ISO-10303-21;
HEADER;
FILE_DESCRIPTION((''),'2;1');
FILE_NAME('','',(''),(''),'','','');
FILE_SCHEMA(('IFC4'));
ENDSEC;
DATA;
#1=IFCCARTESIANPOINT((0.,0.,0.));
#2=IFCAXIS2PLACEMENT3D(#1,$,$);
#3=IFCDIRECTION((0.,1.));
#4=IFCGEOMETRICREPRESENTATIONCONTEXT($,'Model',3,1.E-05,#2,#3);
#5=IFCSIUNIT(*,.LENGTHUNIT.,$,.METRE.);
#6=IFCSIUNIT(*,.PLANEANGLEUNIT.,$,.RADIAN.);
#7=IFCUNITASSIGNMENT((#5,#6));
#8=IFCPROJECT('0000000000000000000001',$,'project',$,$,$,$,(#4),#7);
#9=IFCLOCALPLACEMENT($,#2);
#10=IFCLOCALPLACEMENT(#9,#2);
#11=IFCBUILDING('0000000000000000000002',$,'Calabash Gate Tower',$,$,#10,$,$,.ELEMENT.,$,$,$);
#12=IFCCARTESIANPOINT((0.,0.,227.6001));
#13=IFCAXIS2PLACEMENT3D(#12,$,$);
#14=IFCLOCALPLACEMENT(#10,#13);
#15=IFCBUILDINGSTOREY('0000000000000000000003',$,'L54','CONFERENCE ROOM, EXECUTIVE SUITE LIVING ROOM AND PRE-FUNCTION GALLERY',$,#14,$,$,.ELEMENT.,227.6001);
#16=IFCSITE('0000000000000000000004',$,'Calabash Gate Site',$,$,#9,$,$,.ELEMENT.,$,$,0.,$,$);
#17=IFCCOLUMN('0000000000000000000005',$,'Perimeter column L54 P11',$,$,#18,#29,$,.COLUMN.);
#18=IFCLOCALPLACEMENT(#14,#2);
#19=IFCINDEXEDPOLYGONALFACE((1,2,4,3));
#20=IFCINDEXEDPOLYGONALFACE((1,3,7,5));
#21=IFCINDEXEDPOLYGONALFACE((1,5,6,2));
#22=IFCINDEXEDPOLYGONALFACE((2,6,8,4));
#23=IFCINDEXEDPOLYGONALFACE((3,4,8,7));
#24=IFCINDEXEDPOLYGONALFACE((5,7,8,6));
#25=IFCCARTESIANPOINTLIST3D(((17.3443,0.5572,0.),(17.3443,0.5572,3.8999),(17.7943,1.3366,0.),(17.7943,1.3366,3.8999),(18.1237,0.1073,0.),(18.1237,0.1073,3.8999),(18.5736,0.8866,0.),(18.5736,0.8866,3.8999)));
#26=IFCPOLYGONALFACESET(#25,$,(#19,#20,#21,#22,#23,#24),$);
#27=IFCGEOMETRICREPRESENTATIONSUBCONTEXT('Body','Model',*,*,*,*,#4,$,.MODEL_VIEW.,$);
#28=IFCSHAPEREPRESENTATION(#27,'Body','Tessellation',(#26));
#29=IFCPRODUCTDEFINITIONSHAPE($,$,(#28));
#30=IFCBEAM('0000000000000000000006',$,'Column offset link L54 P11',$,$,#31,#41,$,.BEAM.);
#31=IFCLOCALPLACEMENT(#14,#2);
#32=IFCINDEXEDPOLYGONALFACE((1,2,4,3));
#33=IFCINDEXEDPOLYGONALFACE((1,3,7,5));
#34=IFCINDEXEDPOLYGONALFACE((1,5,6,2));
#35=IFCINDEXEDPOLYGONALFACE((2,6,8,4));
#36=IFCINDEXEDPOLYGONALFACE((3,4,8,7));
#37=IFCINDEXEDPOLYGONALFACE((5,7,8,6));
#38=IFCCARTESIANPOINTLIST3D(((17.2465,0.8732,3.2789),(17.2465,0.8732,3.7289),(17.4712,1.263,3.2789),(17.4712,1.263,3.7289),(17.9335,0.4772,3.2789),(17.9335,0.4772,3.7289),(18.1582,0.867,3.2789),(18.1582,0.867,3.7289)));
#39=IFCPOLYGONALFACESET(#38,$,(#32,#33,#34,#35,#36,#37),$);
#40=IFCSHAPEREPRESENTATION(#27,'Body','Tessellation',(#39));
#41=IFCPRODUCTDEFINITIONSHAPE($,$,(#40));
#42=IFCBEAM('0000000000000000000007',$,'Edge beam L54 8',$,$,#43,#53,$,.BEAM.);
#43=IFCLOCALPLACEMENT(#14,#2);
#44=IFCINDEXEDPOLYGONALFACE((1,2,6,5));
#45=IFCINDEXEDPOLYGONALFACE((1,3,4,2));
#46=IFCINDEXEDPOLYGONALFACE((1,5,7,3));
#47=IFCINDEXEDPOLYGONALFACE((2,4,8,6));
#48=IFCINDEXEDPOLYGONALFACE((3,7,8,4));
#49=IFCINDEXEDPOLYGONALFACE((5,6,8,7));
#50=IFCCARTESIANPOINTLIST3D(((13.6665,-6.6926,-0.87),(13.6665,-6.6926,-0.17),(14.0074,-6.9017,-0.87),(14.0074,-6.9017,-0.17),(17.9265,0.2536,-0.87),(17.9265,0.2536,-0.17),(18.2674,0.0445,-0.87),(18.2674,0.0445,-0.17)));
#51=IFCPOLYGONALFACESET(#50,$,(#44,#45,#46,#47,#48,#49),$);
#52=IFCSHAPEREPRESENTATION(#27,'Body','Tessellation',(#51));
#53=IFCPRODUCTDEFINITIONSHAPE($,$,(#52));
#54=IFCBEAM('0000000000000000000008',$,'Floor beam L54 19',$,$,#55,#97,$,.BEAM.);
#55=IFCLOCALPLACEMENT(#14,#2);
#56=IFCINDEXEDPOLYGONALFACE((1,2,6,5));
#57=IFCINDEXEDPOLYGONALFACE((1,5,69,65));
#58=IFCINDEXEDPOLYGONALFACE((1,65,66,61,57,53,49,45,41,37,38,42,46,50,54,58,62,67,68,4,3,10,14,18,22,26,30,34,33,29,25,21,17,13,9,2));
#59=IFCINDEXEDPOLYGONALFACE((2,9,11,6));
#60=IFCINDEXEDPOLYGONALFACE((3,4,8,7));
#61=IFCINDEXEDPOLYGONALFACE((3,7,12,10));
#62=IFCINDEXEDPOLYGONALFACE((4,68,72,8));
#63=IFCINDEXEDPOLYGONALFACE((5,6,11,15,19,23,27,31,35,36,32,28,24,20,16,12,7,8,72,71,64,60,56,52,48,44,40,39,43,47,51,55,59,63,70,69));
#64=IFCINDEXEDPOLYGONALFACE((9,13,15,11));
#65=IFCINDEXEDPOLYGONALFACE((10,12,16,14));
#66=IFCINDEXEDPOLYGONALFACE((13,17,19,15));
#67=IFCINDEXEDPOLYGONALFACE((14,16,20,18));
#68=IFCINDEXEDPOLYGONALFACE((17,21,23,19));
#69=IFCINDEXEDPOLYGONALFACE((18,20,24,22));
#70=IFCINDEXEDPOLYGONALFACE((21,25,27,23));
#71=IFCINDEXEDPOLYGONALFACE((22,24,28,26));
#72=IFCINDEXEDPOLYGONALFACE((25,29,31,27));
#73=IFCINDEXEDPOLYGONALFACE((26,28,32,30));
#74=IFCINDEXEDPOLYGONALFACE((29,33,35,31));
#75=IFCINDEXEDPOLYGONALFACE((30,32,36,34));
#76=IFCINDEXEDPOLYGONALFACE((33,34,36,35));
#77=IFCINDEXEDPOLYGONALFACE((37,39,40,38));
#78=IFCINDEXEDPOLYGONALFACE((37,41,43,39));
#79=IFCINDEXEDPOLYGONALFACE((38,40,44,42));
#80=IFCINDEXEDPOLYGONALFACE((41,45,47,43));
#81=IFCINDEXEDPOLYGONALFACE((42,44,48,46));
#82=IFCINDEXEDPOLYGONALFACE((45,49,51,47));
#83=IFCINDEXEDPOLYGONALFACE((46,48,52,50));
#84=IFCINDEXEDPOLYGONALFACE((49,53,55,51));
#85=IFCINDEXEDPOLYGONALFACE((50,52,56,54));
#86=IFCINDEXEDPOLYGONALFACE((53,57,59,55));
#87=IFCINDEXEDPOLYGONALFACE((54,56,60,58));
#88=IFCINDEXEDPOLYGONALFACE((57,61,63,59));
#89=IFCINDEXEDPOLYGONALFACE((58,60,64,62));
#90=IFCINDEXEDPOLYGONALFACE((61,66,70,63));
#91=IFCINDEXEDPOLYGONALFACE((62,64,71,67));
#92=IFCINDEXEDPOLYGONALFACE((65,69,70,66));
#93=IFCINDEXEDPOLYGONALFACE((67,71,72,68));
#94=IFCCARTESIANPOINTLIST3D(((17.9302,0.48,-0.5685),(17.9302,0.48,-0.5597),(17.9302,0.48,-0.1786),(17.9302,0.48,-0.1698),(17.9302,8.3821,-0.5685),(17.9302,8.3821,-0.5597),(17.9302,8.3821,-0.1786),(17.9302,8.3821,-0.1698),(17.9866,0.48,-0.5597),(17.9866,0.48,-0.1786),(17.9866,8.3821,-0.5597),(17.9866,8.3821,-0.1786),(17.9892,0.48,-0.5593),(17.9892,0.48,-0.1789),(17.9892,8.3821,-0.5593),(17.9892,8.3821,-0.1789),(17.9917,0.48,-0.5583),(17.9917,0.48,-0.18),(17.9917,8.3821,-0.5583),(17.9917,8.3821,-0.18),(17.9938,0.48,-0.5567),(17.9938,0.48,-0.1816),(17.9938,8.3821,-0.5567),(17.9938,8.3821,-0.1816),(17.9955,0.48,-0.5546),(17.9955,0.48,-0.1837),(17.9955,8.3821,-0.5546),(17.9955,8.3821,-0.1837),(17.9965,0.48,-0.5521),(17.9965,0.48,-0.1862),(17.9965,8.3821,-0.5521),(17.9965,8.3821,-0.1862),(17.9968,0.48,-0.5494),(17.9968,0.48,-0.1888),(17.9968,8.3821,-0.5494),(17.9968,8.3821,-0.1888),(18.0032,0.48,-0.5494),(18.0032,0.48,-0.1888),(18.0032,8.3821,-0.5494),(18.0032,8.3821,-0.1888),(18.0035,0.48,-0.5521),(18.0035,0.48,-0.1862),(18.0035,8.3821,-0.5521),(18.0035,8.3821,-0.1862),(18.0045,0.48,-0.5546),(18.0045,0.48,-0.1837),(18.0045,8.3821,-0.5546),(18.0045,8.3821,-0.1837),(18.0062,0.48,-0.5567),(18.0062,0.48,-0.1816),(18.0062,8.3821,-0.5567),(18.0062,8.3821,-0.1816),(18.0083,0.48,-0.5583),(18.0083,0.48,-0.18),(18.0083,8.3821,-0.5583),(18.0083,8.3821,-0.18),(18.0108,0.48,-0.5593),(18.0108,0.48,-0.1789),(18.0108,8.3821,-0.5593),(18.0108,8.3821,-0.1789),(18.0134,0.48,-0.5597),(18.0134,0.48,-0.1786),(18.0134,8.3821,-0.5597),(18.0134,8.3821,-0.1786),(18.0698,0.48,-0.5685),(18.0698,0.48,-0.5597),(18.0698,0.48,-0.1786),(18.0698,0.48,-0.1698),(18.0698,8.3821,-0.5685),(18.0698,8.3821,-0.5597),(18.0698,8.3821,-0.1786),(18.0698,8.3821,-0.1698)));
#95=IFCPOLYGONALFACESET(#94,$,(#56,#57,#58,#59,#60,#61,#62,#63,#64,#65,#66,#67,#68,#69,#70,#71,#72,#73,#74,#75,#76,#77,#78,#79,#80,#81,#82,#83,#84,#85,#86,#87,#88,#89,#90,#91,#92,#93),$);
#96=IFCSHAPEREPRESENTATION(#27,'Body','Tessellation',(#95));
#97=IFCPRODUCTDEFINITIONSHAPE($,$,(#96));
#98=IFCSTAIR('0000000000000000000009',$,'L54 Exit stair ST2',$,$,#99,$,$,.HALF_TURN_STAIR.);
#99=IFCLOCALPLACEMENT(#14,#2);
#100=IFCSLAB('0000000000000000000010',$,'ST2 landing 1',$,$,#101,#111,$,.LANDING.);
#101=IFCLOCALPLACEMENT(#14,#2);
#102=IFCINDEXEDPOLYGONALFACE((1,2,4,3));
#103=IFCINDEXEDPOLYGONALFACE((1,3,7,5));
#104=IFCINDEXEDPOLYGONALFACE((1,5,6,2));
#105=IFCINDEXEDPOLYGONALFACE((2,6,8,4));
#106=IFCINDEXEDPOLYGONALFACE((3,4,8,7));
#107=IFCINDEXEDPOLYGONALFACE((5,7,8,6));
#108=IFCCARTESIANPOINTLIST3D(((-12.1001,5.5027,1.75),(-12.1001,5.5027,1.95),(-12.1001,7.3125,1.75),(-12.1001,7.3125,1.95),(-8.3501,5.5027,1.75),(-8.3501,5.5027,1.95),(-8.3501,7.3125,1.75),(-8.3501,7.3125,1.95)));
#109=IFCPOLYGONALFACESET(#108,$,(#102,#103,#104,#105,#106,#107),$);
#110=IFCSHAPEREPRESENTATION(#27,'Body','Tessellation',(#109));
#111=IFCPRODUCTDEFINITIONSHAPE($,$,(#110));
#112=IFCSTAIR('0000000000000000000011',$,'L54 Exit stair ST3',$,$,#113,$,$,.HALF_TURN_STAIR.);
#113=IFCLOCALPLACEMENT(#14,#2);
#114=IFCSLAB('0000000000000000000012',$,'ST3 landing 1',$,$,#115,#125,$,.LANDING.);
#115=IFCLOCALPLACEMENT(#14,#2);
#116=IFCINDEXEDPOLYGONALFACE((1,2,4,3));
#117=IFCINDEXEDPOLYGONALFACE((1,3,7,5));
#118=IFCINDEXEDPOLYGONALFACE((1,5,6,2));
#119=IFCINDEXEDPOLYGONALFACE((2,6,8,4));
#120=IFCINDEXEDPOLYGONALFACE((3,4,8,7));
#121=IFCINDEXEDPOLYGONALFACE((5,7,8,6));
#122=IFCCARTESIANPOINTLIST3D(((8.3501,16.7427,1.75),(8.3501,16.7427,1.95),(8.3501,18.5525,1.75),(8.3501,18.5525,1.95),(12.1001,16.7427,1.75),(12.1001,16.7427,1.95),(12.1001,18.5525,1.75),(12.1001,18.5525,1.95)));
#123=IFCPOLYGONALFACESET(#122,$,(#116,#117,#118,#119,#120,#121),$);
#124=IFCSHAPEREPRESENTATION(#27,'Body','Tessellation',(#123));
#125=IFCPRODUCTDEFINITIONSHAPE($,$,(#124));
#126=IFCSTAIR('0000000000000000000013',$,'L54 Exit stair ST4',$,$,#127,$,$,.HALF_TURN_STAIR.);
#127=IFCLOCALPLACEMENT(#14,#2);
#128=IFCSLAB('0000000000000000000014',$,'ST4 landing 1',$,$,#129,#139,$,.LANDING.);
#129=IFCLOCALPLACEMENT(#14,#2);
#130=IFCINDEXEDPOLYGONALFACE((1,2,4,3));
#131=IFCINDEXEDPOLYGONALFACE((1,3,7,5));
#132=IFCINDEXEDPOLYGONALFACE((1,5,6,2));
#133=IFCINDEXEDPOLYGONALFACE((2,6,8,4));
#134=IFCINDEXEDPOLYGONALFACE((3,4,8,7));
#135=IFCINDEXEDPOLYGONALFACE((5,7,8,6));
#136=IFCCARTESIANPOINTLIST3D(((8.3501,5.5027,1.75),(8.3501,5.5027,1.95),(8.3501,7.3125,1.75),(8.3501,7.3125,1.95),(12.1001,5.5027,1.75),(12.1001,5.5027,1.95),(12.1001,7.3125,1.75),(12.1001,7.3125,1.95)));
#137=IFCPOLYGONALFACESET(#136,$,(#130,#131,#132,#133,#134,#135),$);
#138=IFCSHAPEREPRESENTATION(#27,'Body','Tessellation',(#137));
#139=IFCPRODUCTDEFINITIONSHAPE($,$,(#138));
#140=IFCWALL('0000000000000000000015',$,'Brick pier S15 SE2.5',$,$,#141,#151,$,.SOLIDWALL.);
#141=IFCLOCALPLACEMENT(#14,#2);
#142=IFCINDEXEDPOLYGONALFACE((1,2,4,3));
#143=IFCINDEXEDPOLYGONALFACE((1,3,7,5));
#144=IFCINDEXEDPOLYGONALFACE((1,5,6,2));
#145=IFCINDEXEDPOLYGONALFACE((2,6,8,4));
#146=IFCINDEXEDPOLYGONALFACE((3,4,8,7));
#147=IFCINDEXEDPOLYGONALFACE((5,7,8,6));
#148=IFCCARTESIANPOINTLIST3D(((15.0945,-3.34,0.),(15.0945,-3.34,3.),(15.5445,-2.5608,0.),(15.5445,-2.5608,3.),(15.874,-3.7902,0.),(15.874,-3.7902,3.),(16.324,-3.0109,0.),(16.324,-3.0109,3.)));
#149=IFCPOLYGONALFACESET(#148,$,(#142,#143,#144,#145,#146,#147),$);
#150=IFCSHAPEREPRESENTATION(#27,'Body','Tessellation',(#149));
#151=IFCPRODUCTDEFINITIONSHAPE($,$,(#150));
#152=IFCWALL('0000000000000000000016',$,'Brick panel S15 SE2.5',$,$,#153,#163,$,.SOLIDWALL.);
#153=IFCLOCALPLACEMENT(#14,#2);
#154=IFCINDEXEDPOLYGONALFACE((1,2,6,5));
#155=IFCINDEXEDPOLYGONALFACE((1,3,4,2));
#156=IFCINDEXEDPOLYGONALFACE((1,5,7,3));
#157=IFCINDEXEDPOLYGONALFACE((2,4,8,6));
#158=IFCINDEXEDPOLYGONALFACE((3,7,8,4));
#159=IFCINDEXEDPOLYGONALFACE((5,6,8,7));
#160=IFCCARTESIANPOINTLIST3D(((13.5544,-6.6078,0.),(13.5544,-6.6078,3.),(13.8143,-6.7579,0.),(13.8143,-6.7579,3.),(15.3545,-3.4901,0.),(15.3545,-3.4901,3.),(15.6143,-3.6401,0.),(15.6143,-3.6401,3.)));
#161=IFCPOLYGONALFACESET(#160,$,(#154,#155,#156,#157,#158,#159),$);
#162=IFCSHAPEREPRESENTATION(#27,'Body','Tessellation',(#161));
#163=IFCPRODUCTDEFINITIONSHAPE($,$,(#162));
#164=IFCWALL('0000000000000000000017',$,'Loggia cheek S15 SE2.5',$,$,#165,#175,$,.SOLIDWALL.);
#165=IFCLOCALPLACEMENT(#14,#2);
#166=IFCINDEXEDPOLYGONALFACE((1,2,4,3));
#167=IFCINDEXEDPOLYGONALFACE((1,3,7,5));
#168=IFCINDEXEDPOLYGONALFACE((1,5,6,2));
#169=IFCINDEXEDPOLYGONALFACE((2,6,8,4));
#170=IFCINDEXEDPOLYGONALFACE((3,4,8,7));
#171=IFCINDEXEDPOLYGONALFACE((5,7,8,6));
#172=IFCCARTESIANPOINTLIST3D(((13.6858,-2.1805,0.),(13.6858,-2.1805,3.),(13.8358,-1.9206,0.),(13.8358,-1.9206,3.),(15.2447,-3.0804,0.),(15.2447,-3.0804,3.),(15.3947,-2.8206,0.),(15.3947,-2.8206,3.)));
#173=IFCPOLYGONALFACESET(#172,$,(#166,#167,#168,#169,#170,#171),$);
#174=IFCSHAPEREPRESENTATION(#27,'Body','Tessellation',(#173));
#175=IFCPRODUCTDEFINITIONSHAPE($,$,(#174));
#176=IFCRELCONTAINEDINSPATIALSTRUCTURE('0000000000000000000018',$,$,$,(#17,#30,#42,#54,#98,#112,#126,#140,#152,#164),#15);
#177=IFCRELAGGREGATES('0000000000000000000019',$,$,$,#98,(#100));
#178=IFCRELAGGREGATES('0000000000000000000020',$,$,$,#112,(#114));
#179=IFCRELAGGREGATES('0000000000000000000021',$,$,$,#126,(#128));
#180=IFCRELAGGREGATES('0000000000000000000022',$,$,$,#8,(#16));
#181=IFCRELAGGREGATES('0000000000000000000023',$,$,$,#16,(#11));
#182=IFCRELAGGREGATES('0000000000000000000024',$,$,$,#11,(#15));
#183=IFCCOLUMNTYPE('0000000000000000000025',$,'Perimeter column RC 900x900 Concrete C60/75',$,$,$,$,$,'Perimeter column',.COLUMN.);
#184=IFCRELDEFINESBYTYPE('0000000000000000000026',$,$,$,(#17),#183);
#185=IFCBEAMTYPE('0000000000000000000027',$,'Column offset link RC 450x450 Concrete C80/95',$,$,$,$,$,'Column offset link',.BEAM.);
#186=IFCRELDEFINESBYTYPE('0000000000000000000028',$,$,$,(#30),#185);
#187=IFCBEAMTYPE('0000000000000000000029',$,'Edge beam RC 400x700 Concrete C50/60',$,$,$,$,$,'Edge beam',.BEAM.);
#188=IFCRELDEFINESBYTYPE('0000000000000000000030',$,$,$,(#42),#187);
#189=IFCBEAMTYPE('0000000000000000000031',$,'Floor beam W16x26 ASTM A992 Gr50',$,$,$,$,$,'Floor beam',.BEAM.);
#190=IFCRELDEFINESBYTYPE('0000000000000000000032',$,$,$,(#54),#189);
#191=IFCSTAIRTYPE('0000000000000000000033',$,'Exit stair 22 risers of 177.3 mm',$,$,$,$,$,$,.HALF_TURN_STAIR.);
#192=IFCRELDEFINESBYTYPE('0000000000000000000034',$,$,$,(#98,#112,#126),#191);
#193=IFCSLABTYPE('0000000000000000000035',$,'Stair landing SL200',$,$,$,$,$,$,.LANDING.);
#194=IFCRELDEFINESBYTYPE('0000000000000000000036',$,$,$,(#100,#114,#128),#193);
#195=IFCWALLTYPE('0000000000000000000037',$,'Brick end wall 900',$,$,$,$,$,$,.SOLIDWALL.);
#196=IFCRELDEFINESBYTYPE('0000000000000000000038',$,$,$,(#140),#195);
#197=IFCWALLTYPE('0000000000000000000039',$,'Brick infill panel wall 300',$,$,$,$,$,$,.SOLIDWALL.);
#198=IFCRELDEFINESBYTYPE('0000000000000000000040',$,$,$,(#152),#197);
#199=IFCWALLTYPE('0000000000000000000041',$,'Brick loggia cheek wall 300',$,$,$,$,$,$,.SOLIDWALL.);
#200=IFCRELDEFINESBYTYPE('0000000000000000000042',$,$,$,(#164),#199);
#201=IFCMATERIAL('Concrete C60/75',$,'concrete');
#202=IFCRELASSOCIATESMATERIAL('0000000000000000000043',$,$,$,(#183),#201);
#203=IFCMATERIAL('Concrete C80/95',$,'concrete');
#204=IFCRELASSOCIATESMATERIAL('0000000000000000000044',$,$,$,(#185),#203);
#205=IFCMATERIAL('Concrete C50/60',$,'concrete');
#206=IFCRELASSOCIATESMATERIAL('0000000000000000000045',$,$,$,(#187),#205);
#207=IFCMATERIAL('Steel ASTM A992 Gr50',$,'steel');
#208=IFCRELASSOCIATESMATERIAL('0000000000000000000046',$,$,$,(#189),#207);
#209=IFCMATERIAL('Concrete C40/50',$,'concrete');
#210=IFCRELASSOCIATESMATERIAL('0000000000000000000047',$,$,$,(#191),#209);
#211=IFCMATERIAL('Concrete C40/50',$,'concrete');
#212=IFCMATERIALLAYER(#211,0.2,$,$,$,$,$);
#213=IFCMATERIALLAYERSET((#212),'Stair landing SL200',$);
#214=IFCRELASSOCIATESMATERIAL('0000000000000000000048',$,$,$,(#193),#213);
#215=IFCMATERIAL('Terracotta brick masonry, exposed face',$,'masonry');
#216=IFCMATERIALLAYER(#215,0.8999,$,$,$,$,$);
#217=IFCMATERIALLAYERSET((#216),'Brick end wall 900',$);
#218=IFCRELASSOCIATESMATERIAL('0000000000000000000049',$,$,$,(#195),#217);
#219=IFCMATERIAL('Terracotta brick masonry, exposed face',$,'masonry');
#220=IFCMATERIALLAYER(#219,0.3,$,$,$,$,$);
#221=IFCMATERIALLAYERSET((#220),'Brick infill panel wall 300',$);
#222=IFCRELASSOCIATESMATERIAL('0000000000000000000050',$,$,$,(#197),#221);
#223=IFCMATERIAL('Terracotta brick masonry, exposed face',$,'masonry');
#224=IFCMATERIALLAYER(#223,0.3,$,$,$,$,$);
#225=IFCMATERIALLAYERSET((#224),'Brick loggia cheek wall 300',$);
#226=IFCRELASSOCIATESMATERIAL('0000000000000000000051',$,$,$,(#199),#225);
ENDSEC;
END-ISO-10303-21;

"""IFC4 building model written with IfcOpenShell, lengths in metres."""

from ifc_helpers import new_model, si_unit, direction, frame, frame_2d, origin, origin_2d, place, context, subcontext, project, spatial, polyline, rectangle, i_section, outline, extrude, material, layer, layer_set, material_profile, profile_set, type_object, element, aggregate, save


model = new_model("IFC4")

# Units and contexts
model_context = context("Model", 3, precision=1e-05, world=origin(), true_north=direction((0.0, 1.0)))
body_context = subcontext(model_context, "Body", "Model", "MODEL_VIEW")
ifc_project = project(units=[si_unit("LENGTHUNIT", "METRE"), si_unit("PLANEANGLEUNIT", "RADIAN")], contexts=[model_context])

# Site, building, storey
site_placement = place(None, origin())
site = spatial("IfcSite", under=ifc_project, at=site_placement, Name="Calabash Gate Site", CompositionType="ELEMENT", RefElevation=0.0)
building_placement = place(site_placement, origin())
building = spatial("IfcBuilding", under=site, at=building_placement, Name="Calabash Gate Tower", CompositionType="ELEMENT")
storey_placement = place(building_placement, frame((0.0, 0.0, 227.6001)))
storey = spatial("IfcBuildingStorey", under=building, at=storey_placement, Name="L54", Description="CONFERENCE ROOM, EXECUTIVE SUITE LIVING ROOM AND PRE-FUNCTION GALLERY", CompositionType="ELEMENT", Elevation=227.6001)

# Column
ifc_material_1 = material(Name="Concrete C60/75", Category="concrete")
ifc_material_profile_1 = material_profile(ifc_material_1, rectangle(XDim=0.8999, YDim=0.8999, at=origin_2d()))
ifc_profile_set_1 = profile_set([ifc_material_profile_1], Name="Concrete C60/75")
column_type = type_object("IfcColumnType", Name="Perimeter column RC 900x900 Concrete C60/75", ElementType="Perimeter column", PredefinedType="COLUMN", material=ifc_profile_set_1)
column_placement = place(storey_placement, frame((17.959, 0.7219, 0.0), z_axis=(0.0, 0.0, 1.0), x_axis=(0.5, 0.866025, 0.0)))
element("IfcColumn", 1, at=column_placement, inside=storey, type_object=column_type, Name="Perimeter column L54 P11", PredefinedType="COLUMN", context=body_context, shape_type="SweptSolid", body=[
    extrude(rectangle(XDim=0.8999, YDim=0.8999, at=origin_2d()), origin(), (0.0, 0.0, 1.0), 3.8999),
])

# Beams
ifc_material_2 = material(Name="Concrete C80/95", Category="concrete")
ifc_material_profile_2 = material_profile(ifc_material_2, rectangle(XDim=0.45, YDim=0.45, at=origin_2d()))
ifc_profile_set_2 = profile_set([ifc_material_profile_2], Name="Concrete C80/95")
beam_type_1 = type_object("IfcBeamType", Name="Column offset link RC 450x450 Concrete C80/95", ElementType="Column offset link", PredefinedType="BEAM", material=ifc_profile_set_2)
beam_1_placement = place(storey_placement, frame((18.0459, 0.6721, 3.5039), z_axis=(-0.86638, 0.499385, 0.0), x_axis=(-0.499385, -0.86638, 0.0)))
element("IfcBeam", 2, at=beam_1_placement, inside=storey, type_object=beam_type_1, Name="Column offset link L54 P11", PredefinedType="BEAM", context=body_context, shape_type="SweptSolid", body=[
    extrude(rectangle(XDim=0.45, YDim=0.45, at=origin_2d()), origin(), (0.0, 0.0, 1.0), 0.793),
])
ifc_material_3 = material(Name="Concrete C50/60", Category="concrete")
ifc_material_profile_3 = material_profile(ifc_material_3, rectangle(XDim=0.3999, YDim=0.7, at=origin_2d()))
ifc_profile_set_3 = profile_set([ifc_material_profile_3], Name="Concrete C50/60")
beam_type_2 = type_object("IfcBeamType", Name="Edge beam RC 400x700 Concrete C50/60", ElementType="Edge beam", PredefinedType="BEAM", material=ifc_profile_set_3)
beam_2_placement = place(storey_placement, frame((13.8369, -6.7971, -0.52), z_axis=(0.522808, 0.852451, 0.0), x_axis=(-0.852451, 0.522808, 0.0)))
element("IfcBeam", 3, at=beam_2_placement, inside=storey, type_object=beam_type_2, Name="Edge beam L54 8", PredefinedType="BEAM", context=body_context, shape_type="SweptSolid", body=[
    extrude(rectangle(XDim=0.3999, YDim=0.7, at=origin_2d()), origin(), (0.0, 0.0, 1.0), 8.1484),
])
ifc_material_4 = material(Name="Steel ASTM A992 Gr50", Category="steel")
ifc_material_profile_4 = material_profile(ifc_material_4, i_section(OverallWidth=0.1396, OverallDepth=0.3987, WebThickness=0.0063, FlangeThickness=0.0088, FilletRadius=0.0103, at=origin_2d()))
ifc_profile_set_4 = profile_set([ifc_material_profile_4], Name="Steel ASTM A992 Gr50")
beam_type_3 = type_object("IfcBeamType", Name="Floor beam W16x26 ASTM A992 Gr50", ElementType="Floor beam", PredefinedType="BEAM", material=ifc_profile_set_4)
beam_3_placement = place(storey_placement, frame((18.0, 0.48, -0.3691), z_axis=(0.0, 1.0, 0.0), x_axis=(-1.0, 0.0, 0.0)))
element("IfcBeam", 4, at=beam_3_placement, inside=storey, type_object=beam_type_3, Name="Floor beam L54 19", PredefinedType="BEAM", context=body_context, shape_type="SweptSolid", body=[
    extrude(i_section(OverallWidth=0.1396, OverallDepth=0.3987, WebThickness=0.0063, FlangeThickness=0.0088, FilletRadius=0.0103, at=origin_2d()), origin(), (0.0, 0.0, 1.0), 7.9021),
])

# Stairs, slabs
ifc_material_5 = material(Name="Concrete C40/50", Category="concrete")
stair_type = type_object("IfcStairType", Name="Exit stair 22 risers of 177.3 mm", PredefinedType="HALF_TURN_STAIR", material=ifc_material_5)
stair_1_placement = place(storey_placement, origin())
stair_1 = element("IfcStair", 5, at=stair_1_placement, inside=storey, type_object=stair_type, Name="L54 Exit stair ST2", PredefinedType="HALF_TURN_STAIR")
ifc_material_6 = material(Name="Concrete C40/50", Category="concrete")
ifc_layer_1 = layer(ifc_material_6, 0.2)
ifc_layer_set_1 = layer_set([ifc_layer_1], Name="Stair landing SL200")
slab_type = type_object("IfcSlabType", Name="Stair landing SL200", PredefinedType="LANDING", material=ifc_layer_set_1)
slab_1_placement = place(storey_placement, frame((0.0, 0.0, 1.75)))
slab_1 = element("IfcSlab", 6, at=slab_1_placement, type_object=slab_type, Name="ST2 landing 1", PredefinedType="LANDING", context=body_context, shape_type="SweptSolid", body=[
    extrude(outline(polyline([(-12.1001, 7.3125), (-12.1001, 5.5027), (-8.3501, 5.5027), (-8.3501, 7.3125), (-12.1001, 7.3125)])), origin(), (0.0, 0.0, 1.0), 0.2),
])
aggregate(stair_1, [slab_1])
stair_2_placement = place(storey_placement, origin())
stair_2 = element("IfcStair", 7, at=stair_2_placement, inside=storey, type_object=stair_type, Name="L54 Exit stair ST3", PredefinedType="HALF_TURN_STAIR")
slab_2_placement = place(storey_placement, frame((0.0, 0.0, 1.75)))
slab_2 = element("IfcSlab", 8, at=slab_2_placement, type_object=slab_type, Name="ST3 landing 1", PredefinedType="LANDING", context=body_context, shape_type="SweptSolid", body=[
    extrude(outline(polyline([(12.1001, 16.7427), (12.1001, 18.5525), (8.3501, 18.5525), (8.3501, 16.7427), (12.1001, 16.7427)])), origin(), (0.0, 0.0, 1.0), 0.2),
])
aggregate(stair_2, [slab_2])
stair_3_placement = place(storey_placement, origin())
stair_3 = element("IfcStair", 9, at=stair_3_placement, inside=storey, type_object=stair_type, Name="L54 Exit stair ST4", PredefinedType="HALF_TURN_STAIR")
slab_3_placement = place(storey_placement, frame((0.0, 0.0, 1.75)))
slab_3 = element("IfcSlab", 10, at=slab_3_placement, type_object=slab_type, Name="ST4 landing 1", PredefinedType="LANDING", context=body_context, shape_type="SweptSolid", body=[
    extrude(outline(polyline([(8.3501, 7.3125), (8.3501, 5.5027), (12.1001, 5.5027), (12.1001, 7.3125), (8.3501, 7.3125)])), origin(), (0.0, 0.0, 1.0), 0.2),
])
aggregate(stair_3, [slab_3])

# Walls
ifc_material_7 = material(Name="Terracotta brick masonry, exposed face", Category="masonry")
ifc_layer_2 = layer(ifc_material_7, 0.8999)
ifc_layer_set_2 = layer_set([ifc_layer_2], Name="Brick end wall 900")
wall_type_1 = type_object("IfcWallType", Name="Brick end wall 900", PredefinedType="SOLIDWALL", material=ifc_layer_set_2)
wall_1_placement = place(storey_placement, frame((16.0991, -3.4006, 0.0), z_axis=(0.0, 0.0, 1.0), x_axis=(-0.865964, 0.500106, 0.0)))
element("IfcWall", 11, at=wall_1_placement, inside=storey, type_object=wall_type_1, Name="Brick pier S15 SE2.5", PredefinedType="SOLIDWALL", context=body_context, shape_type="SweptSolid", body=[
    extrude(rectangle(XDim=0.9001, YDim=0.8999, at=frame_2d((0.4502, 0.0))), origin(), (0.0, 0.0, 1.0), 3.0),
])
ifc_material_8 = material(Name="Terracotta brick masonry, exposed face", Category="masonry")
ifc_layer_3 = layer(ifc_material_8, 0.3)
ifc_layer_set_3 = layer_set([ifc_layer_3], Name="Brick infill panel wall 300")
wall_type_2 = type_object("IfcWallType", Name="Brick infill panel wall 300", PredefinedType="SOLIDWALL", material=ifc_layer_set_3)
wall_2_placement = place(storey_placement, frame((13.6843, -6.6829, 0.0), z_axis=(0.0, 0.0, 1.0), x_axis=(0.500012, 0.866018, 0.0)))
element("IfcWall", 12, at=wall_2_placement, inside=storey, type_object=wall_type_2, Name="Brick panel S15 SE2.5", PredefinedType="SOLIDWALL", context=body_context, shape_type="SweptSolid", body=[
    extrude(rectangle(XDim=3.6001, YDim=0.3, at=frame_2d((1.8, 0.0))), origin(), (0.0, 0.0, 1.0), 3.0),
])
ifc_material_9 = material(Name="Terracotta brick masonry, exposed face", Category="masonry")
ifc_layer_4 = layer(ifc_material_9, 0.3)
ifc_layer_set_4 = layer_set([ifc_layer_4], Name="Brick loggia cheek wall 300")
wall_type_3 = type_object("IfcWallType", Name="Brick loggia cheek wall 300", PredefinedType="SOLIDWALL", material=ifc_layer_set_4)
wall_3_placement = place(storey_placement, frame((15.3196, -2.9504, 0.0), z_axis=(0.0, 0.0, 1.0), x_axis=(-0.866048, 0.499961, 0.0)))
element("IfcWall", 13, at=wall_3_placement, inside=storey, type_object=wall_type_3, Name="Loggia cheek S15 SE2.5", PredefinedType="SOLIDWALL", context=body_context, shape_type="SweptSolid", body=[
    extrude(rectangle(XDim=1.8, YDim=0.3, at=frame_2d((0.8999, 0.0))), origin(), (0.0, 0.0, 1.0), 3.0),
])

save(model, "model.ifc")
